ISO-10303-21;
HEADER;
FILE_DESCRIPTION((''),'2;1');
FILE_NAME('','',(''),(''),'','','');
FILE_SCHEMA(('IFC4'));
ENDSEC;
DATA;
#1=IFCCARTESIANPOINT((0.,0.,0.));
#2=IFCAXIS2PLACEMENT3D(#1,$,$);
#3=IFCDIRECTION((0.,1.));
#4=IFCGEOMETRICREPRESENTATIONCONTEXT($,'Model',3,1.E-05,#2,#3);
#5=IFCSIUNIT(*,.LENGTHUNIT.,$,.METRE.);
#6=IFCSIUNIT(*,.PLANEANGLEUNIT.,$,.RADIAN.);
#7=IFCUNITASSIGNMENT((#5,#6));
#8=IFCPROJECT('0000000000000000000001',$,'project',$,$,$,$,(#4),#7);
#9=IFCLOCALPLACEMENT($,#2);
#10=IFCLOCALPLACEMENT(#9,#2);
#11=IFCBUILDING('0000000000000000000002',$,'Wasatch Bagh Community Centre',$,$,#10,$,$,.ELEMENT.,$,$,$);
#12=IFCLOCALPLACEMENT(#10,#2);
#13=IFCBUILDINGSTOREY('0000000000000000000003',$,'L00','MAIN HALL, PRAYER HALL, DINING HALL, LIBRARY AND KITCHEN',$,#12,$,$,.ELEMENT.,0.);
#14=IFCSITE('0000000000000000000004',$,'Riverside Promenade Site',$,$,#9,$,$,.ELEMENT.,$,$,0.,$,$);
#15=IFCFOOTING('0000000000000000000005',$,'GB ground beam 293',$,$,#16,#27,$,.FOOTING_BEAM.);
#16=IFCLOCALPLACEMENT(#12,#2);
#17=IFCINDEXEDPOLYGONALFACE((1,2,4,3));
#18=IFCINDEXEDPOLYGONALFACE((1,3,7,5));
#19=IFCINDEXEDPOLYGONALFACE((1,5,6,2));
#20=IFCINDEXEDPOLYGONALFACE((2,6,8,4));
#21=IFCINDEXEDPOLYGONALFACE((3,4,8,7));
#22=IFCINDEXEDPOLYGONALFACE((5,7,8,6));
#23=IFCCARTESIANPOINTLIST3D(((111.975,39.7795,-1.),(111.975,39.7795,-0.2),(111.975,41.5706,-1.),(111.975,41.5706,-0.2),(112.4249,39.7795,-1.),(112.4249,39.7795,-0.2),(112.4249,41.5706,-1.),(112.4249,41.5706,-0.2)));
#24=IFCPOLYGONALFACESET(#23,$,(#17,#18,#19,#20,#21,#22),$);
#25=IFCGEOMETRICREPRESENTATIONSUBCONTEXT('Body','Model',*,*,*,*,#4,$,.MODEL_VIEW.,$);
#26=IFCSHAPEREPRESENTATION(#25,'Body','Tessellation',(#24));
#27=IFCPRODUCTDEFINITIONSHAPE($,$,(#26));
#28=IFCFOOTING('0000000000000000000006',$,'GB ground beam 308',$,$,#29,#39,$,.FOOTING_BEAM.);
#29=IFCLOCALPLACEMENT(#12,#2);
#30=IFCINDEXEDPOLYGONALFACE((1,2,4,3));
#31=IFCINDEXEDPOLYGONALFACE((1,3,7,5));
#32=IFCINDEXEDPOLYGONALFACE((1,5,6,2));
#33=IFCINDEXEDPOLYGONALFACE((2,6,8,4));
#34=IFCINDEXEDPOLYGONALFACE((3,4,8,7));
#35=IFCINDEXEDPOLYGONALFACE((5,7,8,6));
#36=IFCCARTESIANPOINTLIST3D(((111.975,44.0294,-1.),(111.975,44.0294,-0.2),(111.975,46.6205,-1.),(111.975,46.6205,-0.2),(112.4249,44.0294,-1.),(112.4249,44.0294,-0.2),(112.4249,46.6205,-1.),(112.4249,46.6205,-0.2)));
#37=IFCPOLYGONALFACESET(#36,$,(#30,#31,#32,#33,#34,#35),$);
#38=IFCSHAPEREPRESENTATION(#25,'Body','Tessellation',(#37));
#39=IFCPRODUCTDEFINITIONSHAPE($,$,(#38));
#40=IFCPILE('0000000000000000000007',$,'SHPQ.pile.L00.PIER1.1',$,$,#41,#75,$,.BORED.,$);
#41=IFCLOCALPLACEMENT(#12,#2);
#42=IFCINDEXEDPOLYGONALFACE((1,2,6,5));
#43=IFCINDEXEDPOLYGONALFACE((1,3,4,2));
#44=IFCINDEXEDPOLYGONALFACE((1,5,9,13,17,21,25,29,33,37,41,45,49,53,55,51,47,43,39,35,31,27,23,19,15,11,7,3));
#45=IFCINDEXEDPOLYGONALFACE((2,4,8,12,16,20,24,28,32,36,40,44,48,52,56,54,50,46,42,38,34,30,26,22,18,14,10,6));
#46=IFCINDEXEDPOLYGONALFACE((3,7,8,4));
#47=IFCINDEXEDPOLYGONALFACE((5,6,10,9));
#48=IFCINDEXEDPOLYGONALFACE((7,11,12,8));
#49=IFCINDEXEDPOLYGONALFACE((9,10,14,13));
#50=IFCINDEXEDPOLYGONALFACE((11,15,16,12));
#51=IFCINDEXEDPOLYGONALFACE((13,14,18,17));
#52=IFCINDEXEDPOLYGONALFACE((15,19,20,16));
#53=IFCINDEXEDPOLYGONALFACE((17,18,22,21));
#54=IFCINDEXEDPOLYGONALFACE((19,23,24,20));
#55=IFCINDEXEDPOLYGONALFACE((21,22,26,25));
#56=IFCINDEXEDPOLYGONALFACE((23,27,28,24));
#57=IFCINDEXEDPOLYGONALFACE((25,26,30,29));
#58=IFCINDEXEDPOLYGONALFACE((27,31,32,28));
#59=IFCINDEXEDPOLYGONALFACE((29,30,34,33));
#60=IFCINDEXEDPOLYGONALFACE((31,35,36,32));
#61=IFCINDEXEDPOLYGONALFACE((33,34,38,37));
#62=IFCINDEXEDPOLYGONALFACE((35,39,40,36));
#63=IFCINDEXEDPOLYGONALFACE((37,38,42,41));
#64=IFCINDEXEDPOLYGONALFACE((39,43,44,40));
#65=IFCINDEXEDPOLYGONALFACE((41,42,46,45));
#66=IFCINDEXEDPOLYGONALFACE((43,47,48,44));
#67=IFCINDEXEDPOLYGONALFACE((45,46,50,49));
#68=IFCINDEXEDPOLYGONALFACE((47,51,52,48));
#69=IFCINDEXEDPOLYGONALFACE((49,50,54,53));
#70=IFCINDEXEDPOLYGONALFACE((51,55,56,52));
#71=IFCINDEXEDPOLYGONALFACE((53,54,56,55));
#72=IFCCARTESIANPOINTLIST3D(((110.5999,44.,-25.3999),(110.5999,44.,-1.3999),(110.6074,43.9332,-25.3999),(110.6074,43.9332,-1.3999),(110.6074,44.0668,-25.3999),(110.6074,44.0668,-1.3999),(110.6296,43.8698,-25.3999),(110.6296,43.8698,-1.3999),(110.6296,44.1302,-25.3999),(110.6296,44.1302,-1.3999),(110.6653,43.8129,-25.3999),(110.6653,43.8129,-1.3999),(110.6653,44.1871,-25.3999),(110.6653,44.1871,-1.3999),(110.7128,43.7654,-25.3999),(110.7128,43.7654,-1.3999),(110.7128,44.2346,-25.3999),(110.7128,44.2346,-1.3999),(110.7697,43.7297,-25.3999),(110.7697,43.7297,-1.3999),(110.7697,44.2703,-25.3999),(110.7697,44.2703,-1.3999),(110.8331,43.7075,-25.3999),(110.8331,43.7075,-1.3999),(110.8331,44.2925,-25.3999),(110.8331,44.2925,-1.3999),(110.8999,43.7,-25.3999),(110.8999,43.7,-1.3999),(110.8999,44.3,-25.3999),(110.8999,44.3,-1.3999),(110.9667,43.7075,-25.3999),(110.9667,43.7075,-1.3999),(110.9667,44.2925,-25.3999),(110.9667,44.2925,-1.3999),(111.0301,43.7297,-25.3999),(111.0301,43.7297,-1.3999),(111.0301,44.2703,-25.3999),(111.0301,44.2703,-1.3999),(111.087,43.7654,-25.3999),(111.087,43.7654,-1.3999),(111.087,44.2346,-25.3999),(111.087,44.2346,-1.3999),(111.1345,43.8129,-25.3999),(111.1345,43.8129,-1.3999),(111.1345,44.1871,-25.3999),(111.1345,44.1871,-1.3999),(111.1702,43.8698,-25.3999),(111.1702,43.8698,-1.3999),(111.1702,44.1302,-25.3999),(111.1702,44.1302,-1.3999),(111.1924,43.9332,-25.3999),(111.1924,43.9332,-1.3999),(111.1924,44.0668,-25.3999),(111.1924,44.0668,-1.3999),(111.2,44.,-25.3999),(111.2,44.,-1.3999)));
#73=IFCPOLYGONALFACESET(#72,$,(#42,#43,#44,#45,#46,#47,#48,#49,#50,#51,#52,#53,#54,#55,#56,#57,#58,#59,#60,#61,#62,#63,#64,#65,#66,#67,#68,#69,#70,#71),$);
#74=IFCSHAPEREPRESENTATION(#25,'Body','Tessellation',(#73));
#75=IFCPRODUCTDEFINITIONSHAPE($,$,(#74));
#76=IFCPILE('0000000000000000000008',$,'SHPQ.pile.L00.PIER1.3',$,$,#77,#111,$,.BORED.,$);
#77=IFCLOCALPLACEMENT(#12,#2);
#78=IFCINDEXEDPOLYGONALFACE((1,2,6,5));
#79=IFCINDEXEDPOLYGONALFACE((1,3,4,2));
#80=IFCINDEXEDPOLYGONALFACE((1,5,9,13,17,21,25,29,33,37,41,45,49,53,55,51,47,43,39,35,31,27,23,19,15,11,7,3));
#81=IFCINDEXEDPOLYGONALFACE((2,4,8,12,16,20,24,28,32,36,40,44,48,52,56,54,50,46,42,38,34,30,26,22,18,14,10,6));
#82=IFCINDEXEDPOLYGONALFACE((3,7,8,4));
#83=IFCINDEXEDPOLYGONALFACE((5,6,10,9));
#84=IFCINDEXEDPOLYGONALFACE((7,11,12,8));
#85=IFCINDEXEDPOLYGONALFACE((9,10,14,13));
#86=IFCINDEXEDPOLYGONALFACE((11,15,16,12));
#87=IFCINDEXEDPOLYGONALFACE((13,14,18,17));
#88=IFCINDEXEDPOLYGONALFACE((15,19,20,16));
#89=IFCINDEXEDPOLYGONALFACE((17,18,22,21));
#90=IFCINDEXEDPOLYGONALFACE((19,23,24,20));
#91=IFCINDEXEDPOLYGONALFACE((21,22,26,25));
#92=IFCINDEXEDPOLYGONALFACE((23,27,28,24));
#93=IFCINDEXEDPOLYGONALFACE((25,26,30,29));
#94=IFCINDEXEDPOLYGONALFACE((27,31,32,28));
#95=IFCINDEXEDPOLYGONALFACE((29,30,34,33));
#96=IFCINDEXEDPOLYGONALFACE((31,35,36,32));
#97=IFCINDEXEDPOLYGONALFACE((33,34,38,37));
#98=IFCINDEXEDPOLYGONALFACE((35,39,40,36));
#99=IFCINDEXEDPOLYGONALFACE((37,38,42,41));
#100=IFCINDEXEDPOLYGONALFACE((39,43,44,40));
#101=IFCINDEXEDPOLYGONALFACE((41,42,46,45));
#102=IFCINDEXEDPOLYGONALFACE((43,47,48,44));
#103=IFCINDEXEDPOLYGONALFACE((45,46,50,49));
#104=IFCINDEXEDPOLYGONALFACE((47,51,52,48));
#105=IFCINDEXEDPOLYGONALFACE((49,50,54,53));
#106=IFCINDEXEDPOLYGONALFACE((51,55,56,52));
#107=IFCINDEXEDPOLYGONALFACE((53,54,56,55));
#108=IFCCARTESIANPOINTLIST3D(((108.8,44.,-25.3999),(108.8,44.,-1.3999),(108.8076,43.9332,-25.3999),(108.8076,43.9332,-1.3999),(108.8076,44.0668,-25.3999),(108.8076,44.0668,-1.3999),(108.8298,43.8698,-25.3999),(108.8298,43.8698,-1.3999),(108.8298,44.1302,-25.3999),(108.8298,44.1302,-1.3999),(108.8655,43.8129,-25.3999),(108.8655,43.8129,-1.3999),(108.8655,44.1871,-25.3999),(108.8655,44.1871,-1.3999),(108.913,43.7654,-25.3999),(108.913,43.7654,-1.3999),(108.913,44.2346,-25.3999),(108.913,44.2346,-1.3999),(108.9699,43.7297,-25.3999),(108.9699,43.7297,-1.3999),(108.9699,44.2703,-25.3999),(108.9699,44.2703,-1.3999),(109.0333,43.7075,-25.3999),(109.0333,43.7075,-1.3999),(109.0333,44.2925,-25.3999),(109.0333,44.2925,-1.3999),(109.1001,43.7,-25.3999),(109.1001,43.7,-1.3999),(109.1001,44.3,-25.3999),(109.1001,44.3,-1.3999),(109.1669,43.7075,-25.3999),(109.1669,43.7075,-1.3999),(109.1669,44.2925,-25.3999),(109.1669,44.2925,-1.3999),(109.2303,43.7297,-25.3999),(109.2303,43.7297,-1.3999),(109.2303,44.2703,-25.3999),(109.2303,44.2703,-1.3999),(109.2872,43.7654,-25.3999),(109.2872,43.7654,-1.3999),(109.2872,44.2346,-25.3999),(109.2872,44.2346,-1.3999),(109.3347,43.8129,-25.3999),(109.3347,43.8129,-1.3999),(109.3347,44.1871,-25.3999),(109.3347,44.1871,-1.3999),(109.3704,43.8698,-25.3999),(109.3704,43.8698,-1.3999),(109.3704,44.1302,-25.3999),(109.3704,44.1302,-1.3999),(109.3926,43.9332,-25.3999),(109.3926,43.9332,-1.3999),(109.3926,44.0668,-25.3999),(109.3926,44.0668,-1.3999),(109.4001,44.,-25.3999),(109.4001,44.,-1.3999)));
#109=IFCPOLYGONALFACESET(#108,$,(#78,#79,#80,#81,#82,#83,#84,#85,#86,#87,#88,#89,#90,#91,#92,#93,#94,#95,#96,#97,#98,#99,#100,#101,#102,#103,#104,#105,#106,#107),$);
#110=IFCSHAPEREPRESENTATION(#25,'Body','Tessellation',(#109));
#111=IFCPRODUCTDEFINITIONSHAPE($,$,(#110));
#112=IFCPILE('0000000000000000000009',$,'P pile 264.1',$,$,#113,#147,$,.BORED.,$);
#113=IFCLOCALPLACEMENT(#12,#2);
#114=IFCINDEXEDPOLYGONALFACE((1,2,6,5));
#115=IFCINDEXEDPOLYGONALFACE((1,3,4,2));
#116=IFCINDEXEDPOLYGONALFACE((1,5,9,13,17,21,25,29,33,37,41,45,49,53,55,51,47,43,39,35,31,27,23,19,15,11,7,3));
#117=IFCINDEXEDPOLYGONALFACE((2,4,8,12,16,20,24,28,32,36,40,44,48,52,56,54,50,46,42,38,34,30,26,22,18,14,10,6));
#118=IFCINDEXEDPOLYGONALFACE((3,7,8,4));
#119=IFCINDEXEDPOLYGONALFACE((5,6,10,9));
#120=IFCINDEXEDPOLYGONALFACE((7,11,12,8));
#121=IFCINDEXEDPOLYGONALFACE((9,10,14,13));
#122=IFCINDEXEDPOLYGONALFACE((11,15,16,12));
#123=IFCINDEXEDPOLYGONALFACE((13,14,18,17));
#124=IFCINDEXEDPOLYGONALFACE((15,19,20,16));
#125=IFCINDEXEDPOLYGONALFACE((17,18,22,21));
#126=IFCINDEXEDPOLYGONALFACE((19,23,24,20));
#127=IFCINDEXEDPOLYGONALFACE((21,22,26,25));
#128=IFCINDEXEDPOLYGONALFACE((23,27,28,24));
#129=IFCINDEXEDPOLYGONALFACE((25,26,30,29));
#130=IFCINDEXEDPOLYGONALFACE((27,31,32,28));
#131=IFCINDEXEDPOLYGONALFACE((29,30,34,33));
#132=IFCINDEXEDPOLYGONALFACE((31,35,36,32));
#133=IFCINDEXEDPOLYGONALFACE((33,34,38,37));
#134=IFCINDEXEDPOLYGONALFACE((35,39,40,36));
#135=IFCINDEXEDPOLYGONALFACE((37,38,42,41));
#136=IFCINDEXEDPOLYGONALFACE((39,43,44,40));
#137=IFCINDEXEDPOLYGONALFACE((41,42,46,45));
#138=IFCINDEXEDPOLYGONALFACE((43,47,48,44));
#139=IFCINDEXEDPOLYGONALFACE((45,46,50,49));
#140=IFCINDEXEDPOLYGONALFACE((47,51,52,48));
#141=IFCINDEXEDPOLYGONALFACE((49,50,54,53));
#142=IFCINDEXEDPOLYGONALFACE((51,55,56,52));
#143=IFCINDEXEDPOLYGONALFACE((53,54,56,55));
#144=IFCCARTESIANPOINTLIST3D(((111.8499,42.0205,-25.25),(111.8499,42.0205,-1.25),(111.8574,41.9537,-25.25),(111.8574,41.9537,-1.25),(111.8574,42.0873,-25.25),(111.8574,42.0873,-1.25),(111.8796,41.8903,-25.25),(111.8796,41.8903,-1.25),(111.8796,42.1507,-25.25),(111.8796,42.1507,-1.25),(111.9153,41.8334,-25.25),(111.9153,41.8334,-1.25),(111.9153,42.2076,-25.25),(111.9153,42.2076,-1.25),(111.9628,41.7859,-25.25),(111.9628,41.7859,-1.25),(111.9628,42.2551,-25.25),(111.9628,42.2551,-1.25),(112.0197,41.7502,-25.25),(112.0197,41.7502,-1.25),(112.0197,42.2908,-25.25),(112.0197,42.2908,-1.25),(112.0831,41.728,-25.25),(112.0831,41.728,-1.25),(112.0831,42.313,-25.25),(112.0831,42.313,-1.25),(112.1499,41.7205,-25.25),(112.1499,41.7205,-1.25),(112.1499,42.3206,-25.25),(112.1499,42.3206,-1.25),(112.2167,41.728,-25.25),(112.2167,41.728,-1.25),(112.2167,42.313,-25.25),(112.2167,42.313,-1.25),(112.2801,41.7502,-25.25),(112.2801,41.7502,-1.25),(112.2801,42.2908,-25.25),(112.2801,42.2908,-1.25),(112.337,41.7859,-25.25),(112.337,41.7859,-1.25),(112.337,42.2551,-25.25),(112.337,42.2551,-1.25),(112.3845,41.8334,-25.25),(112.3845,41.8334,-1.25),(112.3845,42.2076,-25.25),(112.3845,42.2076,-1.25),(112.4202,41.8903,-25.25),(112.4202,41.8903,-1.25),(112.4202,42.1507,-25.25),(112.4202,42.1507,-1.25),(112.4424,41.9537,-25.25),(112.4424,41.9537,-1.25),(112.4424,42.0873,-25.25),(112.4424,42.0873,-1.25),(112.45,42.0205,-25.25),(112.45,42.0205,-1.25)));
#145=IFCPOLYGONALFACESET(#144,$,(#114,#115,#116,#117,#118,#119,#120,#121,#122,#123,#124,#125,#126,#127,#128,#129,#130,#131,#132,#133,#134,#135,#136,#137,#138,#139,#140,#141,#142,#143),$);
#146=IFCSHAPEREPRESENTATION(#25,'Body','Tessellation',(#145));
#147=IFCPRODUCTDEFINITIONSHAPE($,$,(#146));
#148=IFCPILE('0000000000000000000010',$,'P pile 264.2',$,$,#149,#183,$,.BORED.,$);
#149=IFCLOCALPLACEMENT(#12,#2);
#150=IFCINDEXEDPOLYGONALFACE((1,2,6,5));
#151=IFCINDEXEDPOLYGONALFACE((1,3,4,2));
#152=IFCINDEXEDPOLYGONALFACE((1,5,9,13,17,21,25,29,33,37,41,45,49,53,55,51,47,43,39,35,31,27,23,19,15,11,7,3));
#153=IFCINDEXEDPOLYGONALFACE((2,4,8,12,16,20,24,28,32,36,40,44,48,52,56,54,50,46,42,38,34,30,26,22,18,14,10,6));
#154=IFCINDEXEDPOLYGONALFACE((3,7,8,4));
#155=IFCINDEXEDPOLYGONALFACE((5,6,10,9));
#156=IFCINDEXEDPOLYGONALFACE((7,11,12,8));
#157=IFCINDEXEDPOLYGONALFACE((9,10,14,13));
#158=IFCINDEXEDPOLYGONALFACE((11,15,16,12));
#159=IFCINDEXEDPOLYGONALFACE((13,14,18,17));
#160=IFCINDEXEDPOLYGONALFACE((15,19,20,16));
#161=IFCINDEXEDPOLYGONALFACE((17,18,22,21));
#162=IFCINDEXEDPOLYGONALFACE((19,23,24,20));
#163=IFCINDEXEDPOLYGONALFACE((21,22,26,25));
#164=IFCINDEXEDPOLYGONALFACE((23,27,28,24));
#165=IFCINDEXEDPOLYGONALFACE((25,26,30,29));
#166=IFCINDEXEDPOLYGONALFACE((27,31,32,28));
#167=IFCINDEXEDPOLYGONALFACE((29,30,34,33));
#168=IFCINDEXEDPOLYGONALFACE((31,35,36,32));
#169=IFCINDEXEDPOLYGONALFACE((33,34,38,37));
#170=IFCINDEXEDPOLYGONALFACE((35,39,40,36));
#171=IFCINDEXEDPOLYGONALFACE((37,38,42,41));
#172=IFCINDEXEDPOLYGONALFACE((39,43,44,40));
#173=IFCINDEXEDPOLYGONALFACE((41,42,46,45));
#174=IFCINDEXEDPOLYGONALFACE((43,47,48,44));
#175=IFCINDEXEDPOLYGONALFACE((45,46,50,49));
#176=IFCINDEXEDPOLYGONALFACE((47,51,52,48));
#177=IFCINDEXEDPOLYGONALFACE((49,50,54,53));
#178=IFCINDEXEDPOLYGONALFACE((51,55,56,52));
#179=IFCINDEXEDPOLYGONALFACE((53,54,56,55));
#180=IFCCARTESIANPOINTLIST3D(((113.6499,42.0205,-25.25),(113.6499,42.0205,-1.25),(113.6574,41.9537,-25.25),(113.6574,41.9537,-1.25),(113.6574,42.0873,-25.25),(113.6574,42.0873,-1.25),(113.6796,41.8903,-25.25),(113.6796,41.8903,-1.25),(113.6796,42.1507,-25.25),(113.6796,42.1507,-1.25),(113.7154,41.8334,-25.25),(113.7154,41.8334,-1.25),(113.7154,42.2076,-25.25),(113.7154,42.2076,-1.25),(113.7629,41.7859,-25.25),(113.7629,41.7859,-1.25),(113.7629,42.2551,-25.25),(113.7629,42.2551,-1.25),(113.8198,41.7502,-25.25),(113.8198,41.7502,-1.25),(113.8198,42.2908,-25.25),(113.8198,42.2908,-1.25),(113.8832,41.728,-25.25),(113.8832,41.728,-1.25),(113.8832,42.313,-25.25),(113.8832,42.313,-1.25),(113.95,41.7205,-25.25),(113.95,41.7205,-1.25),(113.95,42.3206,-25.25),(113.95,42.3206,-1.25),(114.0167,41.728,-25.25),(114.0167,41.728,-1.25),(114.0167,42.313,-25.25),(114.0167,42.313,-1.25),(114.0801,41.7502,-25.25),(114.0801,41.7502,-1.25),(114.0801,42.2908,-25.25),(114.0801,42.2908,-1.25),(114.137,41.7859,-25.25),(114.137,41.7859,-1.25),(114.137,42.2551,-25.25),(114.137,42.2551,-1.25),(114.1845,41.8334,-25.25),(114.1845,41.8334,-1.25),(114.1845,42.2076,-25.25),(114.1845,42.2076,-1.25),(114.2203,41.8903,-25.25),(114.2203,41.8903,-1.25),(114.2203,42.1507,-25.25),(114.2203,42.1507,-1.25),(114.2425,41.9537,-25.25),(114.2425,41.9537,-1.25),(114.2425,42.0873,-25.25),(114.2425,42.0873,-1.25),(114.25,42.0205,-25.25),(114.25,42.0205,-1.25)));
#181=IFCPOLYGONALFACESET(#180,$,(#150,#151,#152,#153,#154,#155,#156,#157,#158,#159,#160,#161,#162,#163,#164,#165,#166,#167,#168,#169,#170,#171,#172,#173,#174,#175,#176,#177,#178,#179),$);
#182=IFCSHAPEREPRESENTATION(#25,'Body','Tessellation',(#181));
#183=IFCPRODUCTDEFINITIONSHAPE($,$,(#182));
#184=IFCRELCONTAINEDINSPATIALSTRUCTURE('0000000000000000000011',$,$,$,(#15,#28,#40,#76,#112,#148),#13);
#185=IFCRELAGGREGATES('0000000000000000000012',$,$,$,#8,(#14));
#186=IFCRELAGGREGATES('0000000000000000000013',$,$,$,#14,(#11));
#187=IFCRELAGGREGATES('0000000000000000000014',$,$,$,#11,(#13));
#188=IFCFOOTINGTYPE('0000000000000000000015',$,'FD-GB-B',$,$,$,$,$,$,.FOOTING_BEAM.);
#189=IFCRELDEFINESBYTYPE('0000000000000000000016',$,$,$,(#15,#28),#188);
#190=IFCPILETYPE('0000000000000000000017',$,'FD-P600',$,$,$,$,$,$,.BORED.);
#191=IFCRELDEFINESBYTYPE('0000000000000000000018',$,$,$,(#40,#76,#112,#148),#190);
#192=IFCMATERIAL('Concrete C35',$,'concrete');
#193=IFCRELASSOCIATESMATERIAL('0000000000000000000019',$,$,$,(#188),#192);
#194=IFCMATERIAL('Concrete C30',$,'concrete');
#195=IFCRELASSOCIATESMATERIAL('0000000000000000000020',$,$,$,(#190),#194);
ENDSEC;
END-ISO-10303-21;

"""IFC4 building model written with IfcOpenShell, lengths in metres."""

from ifc_helpers import new_model, si_unit, direction, frame, origin, origin_2d, place, context, subcontext, project, spatial, rectangle, circle, extrude, material, material_profile, profile_set, type_object, element, save


model = new_model("IFC4")

# Units and contexts
model_context = context("Model", 3, precision=1e-05, world=origin(), true_north=direction((0.0, 1.0)))
body_context = subcontext(model_context, "Body", "Model", "MODEL_VIEW")
ifc_project = project(units=[si_unit("LENGTHUNIT", "METRE"), si_unit("PLANEANGLEUNIT", "RADIAN")], contexts=[model_context])

# Site, building, storey
site_placement = place(None, origin())
site = spatial("IfcSite", under=ifc_project, at=site_placement, Name="Riverside Promenade Site", CompositionType="ELEMENT", RefElevation=0.0)
building_placement = place(site_placement, origin())
building = spatial("IfcBuilding", under=site, at=building_placement, Name="Wasatch Bagh Community Centre", CompositionType="ELEMENT")
storey_placement = place(building_placement, origin())
storey = spatial("IfcBuildingStorey", under=building, at=storey_placement, Name="L00", Description="MAIN HALL, PRAYER HALL, DINING HALL, LIBRARY AND KITCHEN", CompositionType="ELEMENT", Elevation=0.0)

# Footings
ifc_material_1 = material(Name="Concrete C35", Category="concrete")
footing_type_1 = type_object("IfcFootingType", Name="FD-GB-B", PredefinedType="FOOTING_BEAM", material=ifc_material_1)
footing_1_placement = place(storey_placement, frame((112.2, 40.675, -1.0), z_axis=(0.0, 0.0, 1.0), x_axis=(0.0, 1.0, 0.0)))
element("IfcFooting", 1, at=footing_1_placement, inside=storey, type_object=footing_type_1, Name="GB ground beam 293", PredefinedType="FOOTING_BEAM", context=body_context, shape_type="SweptSolid", body=[
    extrude(rectangle(XDim=1.791, YDim=0.45, at=origin_2d()), origin(), (0.0, 0.0, 1.0), 0.8),
])
footing_2_placement = place(storey_placement, frame((112.2, 45.325, -1.0), z_axis=(0.0, 0.0, 1.0), x_axis=(0.0, 1.0, 0.0)))
element("IfcFooting", 2, at=footing_2_placement, inside=storey, type_object=footing_type_1, Name="GB ground beam 308", PredefinedType="FOOTING_BEAM", context=body_context, shape_type="SweptSolid", body=[
    extrude(rectangle(XDim=2.5911, YDim=0.45, at=origin_2d()), origin(), (0.0, 0.0, 1.0), 0.8),
])

# Piles
ifc_material_2 = material(Name="Concrete C30", Category="concrete")
ifc_material_profile_1 = material_profile(ifc_material_2, circle(Radius=0.3, at=origin_2d()), Name="RC D600")
ifc_profile_set_1 = profile_set([ifc_material_profile_1], Name="Concrete C30")
pile_type = type_object("IfcPileType", Name="FD-P600", PredefinedType="BORED", material=ifc_profile_set_1)
for number, where, z_axis, x_axis, name in (
    (3, (110.8999, 44.0, -1.3999), (0.0, 0.0, -1.0), (1.0, 0.0, 0.0), "SHPQ.pile.L00.PIER1.1"),
    (4, (109.1001, 44.0, -1.3999), (0.0, 0.0, -1.0), (1.0, 0.0, 0.0), "SHPQ.pile.L00.PIER1.3"),
    (5, (112.1499, 42.0205, -1.25), (0.0, 0.0, -1.0), (1.0, 0.0, 0.0), "P pile 264.1"),
    (6, (113.95, 42.0205, -1.25), (0.0, 0.0, -1.0), (1.0, 0.0, 0.0), "P pile 264.2"),
):
    element("IfcPile", number, at=place(storey_placement, frame(where, z_axis=z_axis, x_axis=x_axis)), inside=storey, type_object=pile_type, Name=name, PredefinedType="BORED", context=body_context, shape_type="SweptSolid", body=[
        extrude(circle(Radius=0.3, at=origin_2d()), origin(), (0.0, 0.0, 1.0), 24.0),
    ])

save(model, "model.ifc")
